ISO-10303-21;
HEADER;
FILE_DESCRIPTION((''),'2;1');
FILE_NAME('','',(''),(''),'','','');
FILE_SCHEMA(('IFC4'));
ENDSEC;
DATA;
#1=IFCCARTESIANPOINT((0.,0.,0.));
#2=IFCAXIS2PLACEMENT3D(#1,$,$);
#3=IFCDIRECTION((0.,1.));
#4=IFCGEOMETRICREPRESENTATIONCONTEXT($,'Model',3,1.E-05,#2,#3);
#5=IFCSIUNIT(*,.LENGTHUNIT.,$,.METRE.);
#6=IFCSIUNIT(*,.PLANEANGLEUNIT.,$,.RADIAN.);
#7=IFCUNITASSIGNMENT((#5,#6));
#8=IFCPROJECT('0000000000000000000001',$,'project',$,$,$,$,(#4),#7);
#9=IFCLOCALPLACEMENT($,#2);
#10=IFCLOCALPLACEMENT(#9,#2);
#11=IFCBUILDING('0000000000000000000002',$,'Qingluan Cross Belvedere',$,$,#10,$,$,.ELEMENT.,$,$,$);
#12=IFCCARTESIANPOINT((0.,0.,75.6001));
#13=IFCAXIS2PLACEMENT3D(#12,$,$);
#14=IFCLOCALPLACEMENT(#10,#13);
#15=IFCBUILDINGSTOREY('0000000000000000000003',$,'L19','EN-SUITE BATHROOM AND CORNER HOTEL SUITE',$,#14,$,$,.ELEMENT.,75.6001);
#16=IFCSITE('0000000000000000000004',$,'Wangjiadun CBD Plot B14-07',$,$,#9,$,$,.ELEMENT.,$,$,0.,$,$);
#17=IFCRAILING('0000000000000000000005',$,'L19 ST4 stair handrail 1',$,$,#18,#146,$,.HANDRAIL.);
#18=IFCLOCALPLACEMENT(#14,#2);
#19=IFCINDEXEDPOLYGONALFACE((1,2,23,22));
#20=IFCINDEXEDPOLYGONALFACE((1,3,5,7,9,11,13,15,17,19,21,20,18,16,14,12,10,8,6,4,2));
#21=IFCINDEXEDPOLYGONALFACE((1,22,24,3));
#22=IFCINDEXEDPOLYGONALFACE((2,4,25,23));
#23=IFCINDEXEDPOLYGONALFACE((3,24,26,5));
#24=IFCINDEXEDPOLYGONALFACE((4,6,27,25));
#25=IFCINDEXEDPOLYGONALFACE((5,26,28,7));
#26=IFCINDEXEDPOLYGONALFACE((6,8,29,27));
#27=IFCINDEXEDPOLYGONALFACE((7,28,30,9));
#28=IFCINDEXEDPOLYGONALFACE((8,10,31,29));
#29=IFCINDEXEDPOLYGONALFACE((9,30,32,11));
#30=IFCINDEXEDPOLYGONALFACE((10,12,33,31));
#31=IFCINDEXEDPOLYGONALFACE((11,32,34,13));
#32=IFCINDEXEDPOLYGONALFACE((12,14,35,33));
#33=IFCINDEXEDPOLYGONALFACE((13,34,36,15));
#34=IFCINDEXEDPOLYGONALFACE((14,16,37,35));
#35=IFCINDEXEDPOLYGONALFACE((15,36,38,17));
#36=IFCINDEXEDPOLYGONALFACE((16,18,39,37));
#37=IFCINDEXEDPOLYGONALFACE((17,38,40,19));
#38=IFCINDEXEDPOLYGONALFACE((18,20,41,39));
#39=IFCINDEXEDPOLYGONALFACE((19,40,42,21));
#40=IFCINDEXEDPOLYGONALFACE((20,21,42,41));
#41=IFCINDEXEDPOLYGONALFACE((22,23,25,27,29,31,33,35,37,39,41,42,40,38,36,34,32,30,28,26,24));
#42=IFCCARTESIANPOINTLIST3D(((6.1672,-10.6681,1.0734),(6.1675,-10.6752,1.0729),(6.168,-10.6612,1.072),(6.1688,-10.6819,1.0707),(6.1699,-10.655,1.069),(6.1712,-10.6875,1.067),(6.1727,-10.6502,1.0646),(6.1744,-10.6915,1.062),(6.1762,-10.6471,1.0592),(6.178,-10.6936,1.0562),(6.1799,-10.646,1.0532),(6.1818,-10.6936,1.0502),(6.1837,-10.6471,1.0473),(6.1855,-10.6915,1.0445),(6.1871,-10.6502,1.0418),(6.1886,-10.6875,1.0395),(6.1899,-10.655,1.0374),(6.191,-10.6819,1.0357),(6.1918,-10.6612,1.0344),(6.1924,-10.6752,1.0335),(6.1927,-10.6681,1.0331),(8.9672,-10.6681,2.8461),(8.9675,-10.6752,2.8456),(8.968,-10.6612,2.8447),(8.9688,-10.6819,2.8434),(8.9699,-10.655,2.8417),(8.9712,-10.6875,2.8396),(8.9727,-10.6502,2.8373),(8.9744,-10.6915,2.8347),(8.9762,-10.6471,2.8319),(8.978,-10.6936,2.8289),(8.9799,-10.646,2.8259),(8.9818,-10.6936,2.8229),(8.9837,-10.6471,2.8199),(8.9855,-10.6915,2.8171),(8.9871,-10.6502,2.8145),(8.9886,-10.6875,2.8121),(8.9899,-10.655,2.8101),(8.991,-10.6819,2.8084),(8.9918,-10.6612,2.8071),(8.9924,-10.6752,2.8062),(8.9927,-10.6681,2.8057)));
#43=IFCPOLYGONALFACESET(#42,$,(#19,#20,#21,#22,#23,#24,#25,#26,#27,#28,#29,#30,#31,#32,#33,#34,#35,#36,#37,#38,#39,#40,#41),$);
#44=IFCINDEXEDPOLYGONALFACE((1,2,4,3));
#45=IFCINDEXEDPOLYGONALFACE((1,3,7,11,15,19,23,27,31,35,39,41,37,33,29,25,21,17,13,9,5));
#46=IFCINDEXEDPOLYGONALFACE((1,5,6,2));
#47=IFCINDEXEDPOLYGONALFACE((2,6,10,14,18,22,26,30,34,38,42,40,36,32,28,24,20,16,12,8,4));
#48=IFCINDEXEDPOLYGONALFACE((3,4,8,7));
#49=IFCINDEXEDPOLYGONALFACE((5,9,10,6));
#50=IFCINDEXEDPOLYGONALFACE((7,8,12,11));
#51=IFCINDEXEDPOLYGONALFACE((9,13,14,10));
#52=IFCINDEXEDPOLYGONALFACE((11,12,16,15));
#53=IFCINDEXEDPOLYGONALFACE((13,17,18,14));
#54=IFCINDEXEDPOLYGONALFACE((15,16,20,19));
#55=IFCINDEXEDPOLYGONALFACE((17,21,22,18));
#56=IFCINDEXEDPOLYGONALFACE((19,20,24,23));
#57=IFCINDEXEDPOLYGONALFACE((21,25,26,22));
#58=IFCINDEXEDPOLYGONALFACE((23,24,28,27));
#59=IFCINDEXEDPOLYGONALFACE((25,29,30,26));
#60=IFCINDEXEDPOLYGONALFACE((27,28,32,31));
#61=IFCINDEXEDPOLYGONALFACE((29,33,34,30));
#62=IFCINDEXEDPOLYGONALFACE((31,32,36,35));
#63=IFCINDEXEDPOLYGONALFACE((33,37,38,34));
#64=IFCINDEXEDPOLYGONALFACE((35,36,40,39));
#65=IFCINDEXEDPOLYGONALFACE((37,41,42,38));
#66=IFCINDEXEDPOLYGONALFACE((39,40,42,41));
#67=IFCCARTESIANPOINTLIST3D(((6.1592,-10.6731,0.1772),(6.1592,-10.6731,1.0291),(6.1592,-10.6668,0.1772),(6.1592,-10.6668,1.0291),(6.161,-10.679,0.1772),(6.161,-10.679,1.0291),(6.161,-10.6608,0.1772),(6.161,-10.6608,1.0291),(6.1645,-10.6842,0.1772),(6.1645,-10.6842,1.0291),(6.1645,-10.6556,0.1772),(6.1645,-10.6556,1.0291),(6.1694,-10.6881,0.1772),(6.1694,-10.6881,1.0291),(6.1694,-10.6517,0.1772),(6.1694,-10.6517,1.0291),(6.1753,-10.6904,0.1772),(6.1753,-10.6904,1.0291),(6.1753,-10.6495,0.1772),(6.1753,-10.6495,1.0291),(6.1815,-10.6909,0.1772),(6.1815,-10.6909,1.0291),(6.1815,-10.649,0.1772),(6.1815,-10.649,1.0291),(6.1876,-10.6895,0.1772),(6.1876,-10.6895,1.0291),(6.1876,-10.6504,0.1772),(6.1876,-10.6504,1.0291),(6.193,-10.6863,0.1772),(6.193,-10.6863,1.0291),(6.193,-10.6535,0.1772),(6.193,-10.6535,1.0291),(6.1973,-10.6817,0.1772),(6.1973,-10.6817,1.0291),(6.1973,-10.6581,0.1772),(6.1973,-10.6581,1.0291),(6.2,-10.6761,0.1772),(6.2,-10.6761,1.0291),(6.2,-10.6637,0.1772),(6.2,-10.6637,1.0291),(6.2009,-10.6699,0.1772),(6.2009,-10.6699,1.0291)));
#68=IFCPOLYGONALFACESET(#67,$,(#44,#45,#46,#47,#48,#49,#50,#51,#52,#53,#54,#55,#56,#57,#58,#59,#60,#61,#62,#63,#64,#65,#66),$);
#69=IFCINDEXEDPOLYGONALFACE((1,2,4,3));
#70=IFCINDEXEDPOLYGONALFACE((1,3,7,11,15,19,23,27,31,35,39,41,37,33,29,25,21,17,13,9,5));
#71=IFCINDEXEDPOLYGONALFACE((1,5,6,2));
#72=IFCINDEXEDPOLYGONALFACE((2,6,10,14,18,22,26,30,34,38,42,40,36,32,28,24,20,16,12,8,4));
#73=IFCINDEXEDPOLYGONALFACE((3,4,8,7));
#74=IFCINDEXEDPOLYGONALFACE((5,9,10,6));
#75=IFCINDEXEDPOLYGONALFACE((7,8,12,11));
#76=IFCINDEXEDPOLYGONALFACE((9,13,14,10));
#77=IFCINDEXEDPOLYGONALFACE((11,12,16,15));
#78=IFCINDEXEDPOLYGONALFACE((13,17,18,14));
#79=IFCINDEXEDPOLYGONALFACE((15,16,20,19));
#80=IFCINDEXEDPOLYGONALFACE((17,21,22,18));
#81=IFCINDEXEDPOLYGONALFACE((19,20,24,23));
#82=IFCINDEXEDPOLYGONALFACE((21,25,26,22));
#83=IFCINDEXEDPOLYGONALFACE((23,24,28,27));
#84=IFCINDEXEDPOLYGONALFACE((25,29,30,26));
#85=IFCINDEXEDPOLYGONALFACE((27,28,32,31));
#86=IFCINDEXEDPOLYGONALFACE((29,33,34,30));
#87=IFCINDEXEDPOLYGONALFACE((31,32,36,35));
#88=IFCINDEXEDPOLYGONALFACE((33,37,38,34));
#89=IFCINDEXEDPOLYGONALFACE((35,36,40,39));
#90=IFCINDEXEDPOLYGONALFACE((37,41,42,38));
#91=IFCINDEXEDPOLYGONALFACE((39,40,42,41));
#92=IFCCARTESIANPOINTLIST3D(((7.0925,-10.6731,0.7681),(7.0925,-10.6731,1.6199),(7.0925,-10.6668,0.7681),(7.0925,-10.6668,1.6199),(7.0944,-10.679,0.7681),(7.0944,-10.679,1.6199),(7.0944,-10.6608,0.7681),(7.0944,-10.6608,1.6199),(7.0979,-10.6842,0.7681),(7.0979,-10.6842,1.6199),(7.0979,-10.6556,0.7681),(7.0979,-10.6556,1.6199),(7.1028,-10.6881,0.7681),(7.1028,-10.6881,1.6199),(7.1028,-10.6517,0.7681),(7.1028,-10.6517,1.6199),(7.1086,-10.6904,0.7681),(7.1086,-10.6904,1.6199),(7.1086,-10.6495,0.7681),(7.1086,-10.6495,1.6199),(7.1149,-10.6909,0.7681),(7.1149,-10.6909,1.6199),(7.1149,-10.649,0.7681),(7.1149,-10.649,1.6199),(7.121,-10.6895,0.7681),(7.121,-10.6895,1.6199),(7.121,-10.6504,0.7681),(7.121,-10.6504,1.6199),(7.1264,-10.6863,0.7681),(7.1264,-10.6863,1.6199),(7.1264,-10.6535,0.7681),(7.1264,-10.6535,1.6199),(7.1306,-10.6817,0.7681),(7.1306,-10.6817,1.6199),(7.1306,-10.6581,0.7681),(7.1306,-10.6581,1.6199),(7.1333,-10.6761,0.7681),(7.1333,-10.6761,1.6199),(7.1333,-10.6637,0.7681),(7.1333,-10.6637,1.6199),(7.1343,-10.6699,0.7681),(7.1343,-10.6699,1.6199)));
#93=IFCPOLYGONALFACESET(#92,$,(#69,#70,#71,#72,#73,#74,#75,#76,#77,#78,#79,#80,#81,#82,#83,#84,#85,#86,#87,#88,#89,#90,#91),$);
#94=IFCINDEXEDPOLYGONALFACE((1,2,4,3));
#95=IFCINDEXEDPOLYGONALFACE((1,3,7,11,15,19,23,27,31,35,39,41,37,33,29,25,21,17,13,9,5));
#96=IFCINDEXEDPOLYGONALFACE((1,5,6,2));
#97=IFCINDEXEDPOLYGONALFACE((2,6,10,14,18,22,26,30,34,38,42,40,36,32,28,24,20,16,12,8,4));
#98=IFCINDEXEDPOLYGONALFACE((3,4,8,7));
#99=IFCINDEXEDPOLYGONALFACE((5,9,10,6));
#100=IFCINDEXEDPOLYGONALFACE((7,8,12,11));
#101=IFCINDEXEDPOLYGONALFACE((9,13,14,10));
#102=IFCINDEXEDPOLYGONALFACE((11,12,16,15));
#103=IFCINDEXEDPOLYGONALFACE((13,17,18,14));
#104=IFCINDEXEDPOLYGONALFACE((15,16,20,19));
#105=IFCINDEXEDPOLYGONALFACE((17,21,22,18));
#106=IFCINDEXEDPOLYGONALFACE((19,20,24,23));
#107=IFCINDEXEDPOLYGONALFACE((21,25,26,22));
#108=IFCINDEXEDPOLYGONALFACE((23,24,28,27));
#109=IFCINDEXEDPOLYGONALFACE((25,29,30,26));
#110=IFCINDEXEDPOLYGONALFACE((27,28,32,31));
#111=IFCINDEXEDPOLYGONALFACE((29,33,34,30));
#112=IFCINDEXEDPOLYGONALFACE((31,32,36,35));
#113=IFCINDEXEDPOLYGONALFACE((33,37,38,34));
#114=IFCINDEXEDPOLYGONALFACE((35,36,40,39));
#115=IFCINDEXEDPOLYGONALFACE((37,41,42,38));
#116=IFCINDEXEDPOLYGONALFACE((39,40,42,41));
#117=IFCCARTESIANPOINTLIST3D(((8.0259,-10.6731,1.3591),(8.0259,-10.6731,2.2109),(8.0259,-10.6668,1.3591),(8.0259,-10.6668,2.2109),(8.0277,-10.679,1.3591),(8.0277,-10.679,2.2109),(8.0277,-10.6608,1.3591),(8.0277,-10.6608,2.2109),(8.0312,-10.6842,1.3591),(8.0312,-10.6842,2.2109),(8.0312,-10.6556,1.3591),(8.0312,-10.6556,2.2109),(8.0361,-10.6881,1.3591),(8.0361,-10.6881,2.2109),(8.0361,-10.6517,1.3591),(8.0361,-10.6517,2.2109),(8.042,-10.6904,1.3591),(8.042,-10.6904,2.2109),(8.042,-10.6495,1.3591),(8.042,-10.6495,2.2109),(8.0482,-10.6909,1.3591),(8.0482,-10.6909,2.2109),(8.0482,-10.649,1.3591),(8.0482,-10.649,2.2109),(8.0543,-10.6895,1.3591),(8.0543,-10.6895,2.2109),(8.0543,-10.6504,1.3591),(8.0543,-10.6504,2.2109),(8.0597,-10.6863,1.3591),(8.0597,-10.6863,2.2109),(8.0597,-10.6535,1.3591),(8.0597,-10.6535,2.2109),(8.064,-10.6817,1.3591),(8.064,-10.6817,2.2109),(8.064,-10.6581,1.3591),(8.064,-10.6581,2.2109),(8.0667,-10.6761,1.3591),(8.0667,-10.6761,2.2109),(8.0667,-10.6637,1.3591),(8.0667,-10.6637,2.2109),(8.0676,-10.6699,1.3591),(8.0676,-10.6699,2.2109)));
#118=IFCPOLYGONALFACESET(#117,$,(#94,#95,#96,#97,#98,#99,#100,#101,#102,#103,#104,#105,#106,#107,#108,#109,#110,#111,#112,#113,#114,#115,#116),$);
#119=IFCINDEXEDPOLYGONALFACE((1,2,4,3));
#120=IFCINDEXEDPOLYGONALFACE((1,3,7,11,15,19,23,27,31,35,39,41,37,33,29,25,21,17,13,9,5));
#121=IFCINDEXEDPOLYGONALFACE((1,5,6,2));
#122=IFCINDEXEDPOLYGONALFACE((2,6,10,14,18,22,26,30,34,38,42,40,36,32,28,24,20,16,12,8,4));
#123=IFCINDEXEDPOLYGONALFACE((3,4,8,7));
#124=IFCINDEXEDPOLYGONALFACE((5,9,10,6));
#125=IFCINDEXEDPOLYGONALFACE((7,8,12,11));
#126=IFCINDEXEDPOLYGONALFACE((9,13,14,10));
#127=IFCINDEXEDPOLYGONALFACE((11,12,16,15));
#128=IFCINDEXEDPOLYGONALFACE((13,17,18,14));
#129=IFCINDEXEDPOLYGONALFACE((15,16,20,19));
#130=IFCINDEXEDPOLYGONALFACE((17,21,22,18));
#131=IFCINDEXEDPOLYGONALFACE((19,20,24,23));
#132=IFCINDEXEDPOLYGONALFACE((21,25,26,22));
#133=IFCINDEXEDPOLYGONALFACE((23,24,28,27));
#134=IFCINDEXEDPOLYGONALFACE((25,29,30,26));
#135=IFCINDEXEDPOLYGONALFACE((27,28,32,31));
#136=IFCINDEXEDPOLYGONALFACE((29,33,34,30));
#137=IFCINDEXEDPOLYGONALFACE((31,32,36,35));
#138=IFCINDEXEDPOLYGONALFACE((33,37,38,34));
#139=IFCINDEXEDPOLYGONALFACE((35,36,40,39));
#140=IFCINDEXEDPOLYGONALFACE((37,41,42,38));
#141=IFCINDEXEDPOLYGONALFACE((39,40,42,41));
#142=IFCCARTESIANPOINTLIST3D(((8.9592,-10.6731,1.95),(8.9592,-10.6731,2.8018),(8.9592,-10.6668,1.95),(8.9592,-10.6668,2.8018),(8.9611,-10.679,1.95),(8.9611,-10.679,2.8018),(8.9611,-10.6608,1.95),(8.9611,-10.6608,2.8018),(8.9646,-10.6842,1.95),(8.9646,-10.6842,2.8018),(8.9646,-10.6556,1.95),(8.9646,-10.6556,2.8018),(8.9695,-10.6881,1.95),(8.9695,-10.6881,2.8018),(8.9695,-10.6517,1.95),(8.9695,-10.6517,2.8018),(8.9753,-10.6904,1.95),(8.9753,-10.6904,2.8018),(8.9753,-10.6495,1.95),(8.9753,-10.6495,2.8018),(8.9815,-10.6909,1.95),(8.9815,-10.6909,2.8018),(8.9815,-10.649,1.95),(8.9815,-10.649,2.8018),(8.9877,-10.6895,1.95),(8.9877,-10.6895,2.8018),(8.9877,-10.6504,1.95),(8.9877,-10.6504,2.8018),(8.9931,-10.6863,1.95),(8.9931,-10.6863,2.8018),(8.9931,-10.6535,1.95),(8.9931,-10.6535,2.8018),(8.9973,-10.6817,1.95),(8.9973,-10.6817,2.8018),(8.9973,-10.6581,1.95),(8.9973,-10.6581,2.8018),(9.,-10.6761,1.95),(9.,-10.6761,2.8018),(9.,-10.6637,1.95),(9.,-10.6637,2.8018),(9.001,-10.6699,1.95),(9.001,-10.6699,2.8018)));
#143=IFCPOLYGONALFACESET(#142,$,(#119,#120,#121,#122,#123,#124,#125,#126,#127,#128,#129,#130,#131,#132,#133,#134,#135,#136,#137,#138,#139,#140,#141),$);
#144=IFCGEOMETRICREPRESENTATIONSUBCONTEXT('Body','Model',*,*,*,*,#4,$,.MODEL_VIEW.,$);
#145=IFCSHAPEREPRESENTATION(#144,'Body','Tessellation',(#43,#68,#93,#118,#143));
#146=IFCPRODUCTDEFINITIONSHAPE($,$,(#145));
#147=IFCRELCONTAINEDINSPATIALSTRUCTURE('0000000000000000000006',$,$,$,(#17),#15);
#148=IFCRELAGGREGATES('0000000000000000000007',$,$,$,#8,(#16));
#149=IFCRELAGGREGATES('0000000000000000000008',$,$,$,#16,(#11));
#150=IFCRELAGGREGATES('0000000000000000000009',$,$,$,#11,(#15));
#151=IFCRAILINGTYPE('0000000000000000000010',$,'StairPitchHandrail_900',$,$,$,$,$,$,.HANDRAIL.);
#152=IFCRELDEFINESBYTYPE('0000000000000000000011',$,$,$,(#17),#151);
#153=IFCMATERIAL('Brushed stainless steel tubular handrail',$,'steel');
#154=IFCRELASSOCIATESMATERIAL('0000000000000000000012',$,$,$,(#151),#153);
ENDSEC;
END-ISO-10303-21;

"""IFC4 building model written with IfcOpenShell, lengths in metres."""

from ifc_helpers import new_model, si_unit, direction, frame, origin, origin_2d, place, context, subcontext, project, spatial, circle, extrude, material, type_object, element, save


model = new_model("IFC4")

# Units and contexts
model_context = context("Model", 3, precision=1e-05, world=origin(), true_north=direction((0.0, 1.0)))
body_context = subcontext(model_context, "Body", "Model", "MODEL_VIEW")
ifc_project = project(units=[si_unit("LENGTHUNIT", "METRE"), si_unit("PLANEANGLEUNIT", "RADIAN")], contexts=[model_context])

# Site, building, storey
site_placement = place(None, origin())
site = spatial("IfcSite", under=ifc_project, at=site_placement, Name="Wangjiadun CBD Plot B14-07", CompositionType="ELEMENT", RefElevation=0.0)
building_placement = place(site_placement, origin())
building = spatial("IfcBuilding", under=site, at=building_placement, Name="Qingluan Cross Belvedere", CompositionType="ELEMENT")
storey_placement = place(building_placement, frame((0.0, 0.0, 75.6001)))
storey = spatial("IfcBuildingStorey", under=building, at=storey_placement, Name="L19", Description="EN-SUITE BATHROOM AND CORNER HOTEL SUITE", CompositionType="ELEMENT", Elevation=75.6001)

# Railing
ifc_material_1 = material(Name="Brushed stainless steel tubular handrail", Category="steel")
railing_type_1 = type_object("IfcRailingType", Name="StairPitchHandrail_900", PredefinedType="HANDRAIL", material=ifc_material_1)
for number, where, name in (
    (1, (6.1799, -10.6699, 0.1772), "L19 ST4 stair handrail 1"),
):
    element("IfcRailing", number, at=place(storey_placement, frame(where)), inside=storey, type_object=railing_type_1, Name=name, PredefinedType="HANDRAIL", context=body_context, shape_type="SweptSolid", body=[
        extrude(circle(Radius=0.0239, at=origin_2d()), frame((0.0, 0.0, 0.876), z_axis=(0.844909, 0.0, 0.53491), x_axis=(0.0, 1.0, 0.0)), (0.0, 0.0, 1.0), 3.314),
        extrude(circle(Radius=0.021, at=origin_2d()), origin(), (0.0, 0.0, 1.0), 0.8518),
        extrude(circle(Radius=0.021, at=origin_2d()), frame((0.9333, 0.0, 0.5908)), (0.0, 0.0, 1.0), 0.8518),
        extrude(circle(Radius=0.021, at=origin_2d()), frame((1.8667, 0.0, 1.1819)), (0.0, 0.0, 1.0), 0.8518),
        extrude(circle(Radius=0.021, at=origin_2d()), frame((2.8, 0.0, 1.7727)), (0.0, 0.0, 1.0), 0.8518),
    ])

save(model, "model.ifc")
